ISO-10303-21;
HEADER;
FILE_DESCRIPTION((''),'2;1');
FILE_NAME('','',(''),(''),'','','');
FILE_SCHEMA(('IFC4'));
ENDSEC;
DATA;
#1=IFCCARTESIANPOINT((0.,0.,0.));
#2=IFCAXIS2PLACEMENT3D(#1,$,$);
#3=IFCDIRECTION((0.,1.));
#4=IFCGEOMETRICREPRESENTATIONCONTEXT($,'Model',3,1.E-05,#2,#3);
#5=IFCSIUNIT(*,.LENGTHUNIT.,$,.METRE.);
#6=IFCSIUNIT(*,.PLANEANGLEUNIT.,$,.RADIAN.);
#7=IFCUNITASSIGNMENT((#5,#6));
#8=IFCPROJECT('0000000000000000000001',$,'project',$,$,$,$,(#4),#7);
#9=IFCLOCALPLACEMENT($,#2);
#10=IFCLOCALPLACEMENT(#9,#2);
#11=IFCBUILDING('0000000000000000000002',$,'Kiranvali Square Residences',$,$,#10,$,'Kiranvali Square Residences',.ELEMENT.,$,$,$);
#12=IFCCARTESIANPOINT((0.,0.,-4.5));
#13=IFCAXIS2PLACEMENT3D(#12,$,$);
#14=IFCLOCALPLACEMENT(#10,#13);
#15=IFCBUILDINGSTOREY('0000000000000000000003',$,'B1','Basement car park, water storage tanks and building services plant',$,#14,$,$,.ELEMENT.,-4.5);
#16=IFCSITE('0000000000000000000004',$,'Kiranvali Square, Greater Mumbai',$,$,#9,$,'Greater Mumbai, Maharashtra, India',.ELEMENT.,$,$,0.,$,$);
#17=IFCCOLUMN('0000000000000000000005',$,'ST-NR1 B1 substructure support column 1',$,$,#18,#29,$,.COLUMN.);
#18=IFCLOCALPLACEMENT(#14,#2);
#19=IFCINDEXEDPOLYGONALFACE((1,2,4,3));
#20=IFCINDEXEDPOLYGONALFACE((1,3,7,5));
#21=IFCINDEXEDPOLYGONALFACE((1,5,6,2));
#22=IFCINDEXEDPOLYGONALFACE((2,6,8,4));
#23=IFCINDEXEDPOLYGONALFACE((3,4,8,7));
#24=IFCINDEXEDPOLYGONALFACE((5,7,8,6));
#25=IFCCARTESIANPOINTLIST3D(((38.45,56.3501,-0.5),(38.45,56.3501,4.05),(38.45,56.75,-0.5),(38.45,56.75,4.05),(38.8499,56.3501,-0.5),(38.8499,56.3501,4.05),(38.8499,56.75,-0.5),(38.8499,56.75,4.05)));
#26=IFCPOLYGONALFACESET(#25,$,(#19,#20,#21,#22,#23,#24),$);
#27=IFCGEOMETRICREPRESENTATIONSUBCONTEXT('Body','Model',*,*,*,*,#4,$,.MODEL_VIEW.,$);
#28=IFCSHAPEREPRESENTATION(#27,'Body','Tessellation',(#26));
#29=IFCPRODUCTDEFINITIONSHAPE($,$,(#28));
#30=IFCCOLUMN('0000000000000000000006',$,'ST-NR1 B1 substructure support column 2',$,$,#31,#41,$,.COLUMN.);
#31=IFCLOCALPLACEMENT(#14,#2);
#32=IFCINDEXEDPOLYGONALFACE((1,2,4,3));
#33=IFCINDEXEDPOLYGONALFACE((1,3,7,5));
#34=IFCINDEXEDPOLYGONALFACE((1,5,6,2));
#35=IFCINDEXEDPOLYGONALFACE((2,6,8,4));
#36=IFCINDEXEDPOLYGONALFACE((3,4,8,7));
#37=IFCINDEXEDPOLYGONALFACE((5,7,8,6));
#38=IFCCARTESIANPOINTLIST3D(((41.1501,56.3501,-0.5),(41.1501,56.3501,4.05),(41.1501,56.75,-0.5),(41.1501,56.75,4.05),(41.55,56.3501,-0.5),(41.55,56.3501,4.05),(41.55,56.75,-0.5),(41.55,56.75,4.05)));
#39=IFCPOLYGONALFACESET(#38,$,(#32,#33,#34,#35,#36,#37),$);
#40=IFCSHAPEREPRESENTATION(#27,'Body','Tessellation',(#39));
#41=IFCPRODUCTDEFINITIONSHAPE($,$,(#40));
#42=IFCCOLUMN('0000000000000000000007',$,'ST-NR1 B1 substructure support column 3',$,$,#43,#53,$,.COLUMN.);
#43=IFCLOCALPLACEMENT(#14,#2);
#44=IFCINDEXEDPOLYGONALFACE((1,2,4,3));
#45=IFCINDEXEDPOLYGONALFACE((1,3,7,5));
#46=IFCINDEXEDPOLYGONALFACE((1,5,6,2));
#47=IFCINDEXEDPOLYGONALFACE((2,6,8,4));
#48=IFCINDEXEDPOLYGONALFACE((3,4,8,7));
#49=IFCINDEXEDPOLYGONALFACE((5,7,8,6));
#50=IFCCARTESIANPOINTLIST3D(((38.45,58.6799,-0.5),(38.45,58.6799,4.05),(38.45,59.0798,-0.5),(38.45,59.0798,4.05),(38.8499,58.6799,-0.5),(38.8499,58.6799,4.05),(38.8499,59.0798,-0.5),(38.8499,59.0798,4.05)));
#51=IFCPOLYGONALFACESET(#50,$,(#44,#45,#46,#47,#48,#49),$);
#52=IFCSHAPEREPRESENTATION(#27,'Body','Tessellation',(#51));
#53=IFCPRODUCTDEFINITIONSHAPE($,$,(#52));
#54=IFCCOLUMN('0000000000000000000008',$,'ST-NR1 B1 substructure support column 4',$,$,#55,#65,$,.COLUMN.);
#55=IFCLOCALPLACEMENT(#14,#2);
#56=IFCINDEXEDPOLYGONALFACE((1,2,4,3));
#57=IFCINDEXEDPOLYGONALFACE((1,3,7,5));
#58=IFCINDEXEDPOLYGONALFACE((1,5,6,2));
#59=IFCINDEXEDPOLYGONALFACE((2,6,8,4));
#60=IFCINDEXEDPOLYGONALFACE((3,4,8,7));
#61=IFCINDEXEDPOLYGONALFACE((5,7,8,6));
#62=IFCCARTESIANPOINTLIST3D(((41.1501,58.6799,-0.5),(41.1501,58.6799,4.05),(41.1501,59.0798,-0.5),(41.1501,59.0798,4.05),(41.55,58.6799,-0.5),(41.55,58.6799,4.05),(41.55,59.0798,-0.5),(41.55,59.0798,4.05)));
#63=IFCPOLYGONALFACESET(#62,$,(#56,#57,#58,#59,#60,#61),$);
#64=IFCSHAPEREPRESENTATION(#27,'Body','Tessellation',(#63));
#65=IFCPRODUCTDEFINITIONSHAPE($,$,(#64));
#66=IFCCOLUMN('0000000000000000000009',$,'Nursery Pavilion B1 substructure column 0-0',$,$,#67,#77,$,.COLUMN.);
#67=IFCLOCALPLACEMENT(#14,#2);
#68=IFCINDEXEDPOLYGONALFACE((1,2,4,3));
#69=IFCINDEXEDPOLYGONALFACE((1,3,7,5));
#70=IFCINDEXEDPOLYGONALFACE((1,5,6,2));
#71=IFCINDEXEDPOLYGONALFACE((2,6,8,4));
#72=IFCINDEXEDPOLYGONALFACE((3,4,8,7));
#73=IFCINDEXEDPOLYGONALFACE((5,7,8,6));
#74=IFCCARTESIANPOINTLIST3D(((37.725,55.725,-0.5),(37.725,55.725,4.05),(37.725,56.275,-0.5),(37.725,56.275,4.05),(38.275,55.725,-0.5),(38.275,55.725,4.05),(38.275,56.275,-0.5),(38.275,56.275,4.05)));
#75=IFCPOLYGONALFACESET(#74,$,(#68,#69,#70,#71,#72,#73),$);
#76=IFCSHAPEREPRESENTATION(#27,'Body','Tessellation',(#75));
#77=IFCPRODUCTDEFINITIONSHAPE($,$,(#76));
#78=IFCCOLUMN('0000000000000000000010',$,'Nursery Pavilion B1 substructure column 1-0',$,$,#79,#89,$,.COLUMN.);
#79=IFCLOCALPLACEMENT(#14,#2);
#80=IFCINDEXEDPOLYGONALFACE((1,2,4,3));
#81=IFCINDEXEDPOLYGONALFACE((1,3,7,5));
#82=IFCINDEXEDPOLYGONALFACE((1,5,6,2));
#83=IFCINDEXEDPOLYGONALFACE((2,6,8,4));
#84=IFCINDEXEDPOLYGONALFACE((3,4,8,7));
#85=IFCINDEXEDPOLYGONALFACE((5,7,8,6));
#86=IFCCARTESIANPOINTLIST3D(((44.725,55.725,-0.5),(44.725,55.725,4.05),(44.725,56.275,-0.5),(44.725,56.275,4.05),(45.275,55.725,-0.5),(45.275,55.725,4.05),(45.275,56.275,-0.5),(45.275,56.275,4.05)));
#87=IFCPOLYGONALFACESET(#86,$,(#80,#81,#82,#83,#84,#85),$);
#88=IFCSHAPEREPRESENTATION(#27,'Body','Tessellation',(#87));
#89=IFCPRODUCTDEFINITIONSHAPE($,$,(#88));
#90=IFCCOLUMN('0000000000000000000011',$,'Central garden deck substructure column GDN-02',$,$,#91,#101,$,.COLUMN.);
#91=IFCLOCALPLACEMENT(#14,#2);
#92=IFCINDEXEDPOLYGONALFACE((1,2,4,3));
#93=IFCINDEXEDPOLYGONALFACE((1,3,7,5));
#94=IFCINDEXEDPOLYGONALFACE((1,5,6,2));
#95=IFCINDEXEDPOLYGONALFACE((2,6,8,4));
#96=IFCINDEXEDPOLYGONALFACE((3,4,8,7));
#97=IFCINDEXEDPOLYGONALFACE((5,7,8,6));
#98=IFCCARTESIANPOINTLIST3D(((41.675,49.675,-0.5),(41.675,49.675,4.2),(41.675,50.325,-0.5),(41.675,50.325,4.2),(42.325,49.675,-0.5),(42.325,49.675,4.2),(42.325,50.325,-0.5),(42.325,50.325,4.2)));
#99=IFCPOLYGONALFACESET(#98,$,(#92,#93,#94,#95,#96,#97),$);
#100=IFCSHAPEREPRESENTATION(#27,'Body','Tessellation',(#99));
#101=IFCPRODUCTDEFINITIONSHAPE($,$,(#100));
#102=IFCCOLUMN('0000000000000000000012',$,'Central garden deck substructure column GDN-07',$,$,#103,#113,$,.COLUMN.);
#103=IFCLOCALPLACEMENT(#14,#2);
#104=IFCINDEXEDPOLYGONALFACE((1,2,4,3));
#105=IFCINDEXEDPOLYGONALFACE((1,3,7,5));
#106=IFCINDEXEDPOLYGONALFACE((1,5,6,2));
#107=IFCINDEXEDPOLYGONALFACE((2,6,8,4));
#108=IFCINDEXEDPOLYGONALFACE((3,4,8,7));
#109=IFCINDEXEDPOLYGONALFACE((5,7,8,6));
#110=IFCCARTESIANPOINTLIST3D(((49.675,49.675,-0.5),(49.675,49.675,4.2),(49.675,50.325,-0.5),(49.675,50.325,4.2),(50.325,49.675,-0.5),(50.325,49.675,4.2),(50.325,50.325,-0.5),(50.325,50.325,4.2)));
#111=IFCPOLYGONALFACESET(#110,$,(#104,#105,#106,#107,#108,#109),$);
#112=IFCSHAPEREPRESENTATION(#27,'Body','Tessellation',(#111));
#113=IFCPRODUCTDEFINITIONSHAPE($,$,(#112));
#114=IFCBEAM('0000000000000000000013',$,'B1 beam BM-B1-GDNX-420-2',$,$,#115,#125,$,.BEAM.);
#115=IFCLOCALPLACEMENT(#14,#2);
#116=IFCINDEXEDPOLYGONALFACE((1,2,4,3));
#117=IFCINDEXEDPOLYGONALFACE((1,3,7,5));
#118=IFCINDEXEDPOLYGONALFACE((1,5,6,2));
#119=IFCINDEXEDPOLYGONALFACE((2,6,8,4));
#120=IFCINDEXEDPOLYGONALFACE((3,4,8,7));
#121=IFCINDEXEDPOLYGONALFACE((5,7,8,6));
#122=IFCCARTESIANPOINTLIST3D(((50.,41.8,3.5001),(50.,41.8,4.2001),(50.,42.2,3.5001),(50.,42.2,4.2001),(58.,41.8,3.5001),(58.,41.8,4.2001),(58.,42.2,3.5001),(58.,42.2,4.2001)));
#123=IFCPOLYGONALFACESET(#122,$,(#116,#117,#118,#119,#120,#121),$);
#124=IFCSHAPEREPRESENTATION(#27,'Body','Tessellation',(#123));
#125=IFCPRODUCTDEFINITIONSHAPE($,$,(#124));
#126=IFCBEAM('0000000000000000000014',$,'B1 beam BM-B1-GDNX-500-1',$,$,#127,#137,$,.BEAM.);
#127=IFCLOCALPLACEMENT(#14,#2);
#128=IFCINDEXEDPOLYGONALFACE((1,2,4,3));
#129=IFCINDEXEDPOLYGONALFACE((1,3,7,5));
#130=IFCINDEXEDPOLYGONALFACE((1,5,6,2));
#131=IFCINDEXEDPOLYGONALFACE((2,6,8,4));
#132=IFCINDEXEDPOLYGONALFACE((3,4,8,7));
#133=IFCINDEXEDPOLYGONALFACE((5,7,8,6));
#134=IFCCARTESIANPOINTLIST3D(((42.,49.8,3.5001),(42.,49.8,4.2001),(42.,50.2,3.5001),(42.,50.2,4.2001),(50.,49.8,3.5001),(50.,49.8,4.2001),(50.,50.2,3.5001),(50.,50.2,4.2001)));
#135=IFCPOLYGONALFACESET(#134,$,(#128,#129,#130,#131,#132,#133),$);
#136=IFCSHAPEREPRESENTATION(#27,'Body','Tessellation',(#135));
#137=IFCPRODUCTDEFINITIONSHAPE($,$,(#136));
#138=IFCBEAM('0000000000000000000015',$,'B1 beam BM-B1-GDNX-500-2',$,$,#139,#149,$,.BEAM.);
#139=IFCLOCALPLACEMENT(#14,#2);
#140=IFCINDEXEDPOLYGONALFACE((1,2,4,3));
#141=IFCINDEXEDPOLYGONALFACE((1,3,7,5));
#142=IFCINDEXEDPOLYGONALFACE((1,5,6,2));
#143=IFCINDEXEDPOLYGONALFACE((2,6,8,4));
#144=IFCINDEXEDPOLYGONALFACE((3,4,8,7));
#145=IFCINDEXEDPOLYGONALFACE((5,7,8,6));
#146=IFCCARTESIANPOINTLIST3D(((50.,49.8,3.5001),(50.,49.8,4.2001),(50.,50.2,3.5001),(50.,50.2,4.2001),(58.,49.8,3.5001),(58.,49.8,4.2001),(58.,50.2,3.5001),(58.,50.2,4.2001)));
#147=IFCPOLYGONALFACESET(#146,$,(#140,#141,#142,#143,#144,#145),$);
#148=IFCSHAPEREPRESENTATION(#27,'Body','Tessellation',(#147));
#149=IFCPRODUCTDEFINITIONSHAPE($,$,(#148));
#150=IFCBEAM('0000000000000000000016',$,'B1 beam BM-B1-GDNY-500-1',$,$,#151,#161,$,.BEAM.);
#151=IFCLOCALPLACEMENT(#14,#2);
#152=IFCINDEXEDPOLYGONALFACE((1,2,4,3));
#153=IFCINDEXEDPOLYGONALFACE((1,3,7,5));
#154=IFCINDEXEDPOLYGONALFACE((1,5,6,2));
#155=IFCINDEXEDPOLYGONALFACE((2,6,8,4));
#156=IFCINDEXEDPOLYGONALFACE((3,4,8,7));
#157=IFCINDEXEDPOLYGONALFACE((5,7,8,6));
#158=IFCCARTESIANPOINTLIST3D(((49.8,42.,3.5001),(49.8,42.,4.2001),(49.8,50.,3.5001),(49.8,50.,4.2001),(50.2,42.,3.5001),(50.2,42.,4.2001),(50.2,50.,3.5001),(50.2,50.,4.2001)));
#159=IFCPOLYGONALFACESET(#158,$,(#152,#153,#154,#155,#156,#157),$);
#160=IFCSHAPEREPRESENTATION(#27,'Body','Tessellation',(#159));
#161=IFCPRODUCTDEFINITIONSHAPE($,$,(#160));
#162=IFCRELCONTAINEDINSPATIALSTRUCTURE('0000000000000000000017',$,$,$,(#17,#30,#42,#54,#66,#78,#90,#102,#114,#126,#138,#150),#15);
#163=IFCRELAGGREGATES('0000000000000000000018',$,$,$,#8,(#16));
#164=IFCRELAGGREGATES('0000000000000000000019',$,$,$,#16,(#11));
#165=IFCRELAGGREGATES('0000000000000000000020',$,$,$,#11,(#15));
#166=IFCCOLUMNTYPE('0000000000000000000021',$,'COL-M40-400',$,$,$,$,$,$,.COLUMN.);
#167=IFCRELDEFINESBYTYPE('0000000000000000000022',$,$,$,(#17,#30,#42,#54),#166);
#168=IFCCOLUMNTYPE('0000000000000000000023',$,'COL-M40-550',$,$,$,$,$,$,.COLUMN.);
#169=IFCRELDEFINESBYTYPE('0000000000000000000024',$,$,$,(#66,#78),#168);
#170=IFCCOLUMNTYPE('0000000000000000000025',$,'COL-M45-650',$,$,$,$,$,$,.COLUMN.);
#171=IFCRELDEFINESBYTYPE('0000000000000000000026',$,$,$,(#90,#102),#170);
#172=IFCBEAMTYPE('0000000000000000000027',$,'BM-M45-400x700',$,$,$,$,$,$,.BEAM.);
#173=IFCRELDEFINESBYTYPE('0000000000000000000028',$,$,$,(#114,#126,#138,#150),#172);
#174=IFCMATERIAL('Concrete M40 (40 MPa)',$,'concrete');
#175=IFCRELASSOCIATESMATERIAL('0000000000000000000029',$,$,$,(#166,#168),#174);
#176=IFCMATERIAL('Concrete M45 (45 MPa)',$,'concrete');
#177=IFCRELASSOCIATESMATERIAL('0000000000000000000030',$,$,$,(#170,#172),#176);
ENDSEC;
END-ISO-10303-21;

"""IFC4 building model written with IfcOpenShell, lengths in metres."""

from ifc_helpers import new_model, si_unit, direction, frame, origin, origin_2d, place, context, subcontext, project, spatial, rectangle, extrude, material, material_profile, profile_set, type_object, element, save


model = new_model("IFC4")

# Units and contexts
model_context = context("Model", 3, precision=1e-05, world=origin(), true_north=direction((0.0, 1.0)))
body_context = subcontext(model_context, "Body", "Model", "MODEL_VIEW")
ifc_project = project(units=[si_unit("LENGTHUNIT", "METRE"), si_unit("PLANEANGLEUNIT", "RADIAN")], contexts=[model_context])

# Site, building, storey
site_placement = place(None, origin())
site = spatial("IfcSite", under=ifc_project, at=site_placement, Name="Kiranvali Square, Greater Mumbai", LongName="Greater Mumbai, Maharashtra, India", CompositionType="ELEMENT", RefElevation=0.0)
building_placement = place(site_placement, origin())
building = spatial("IfcBuilding", under=site, at=building_placement, Name="Kiranvali Square Residences", LongName="Kiranvali Square Residences", CompositionType="ELEMENT")
storey_placement = place(building_placement, frame((0.0, 0.0, -4.5)))
storey = spatial("IfcBuildingStorey", under=building, at=storey_placement, Name="B1", Description="Basement car park, water storage tanks and building services plant", CompositionType="ELEMENT", Elevation=-4.5)

# Shared definitions
ifc_material_1 = material(Name="Concrete M40 (40 MPa)", Category="concrete")

# Columns
ifc_material_profile_1 = material_profile(ifc_material_1, rectangle(XDim=0.3999, YDim=0.3999, at=origin_2d()), Name="RC 400x400")
ifc_profile_set_1 = profile_set([ifc_material_profile_1], Name="Concrete M40 (40 MPa)")
column_type_1 = type_object("IfcColumnType", Name="COL-M40-400", PredefinedType="COLUMN", material=ifc_profile_set_1)
for number, where, z_axis, x_axis, name in (
    (1, (38.6499, 56.55, -0.5), (0.0, 0.0, 1.0), (1.0, 0.0, 0.0), "ST-NR1 B1 substructure support column 1"),
    (2, (41.3501, 56.55, -0.5), (0.0, 0.0, 1.0), (1.0, 0.0, 0.0), "ST-NR1 B1 substructure support column 2"),
    (3, (38.6499, 58.8799, -0.5), (0.0, 0.0, 1.0), (1.0, 0.0, 0.0), "ST-NR1 B1 substructure support column 3"),
    (4, (41.3501, 58.8799, -0.5), (0.0, 0.0, 1.0), (1.0, 0.0, 0.0), "ST-NR1 B1 substructure support column 4"),
):
    element("IfcColumn", number, at=place(storey_placement, frame(where, z_axis=z_axis, x_axis=x_axis)), inside=storey, type_object=column_type_1, Name=name, PredefinedType="COLUMN", context=body_context, shape_type="SweptSolid", body=[
        extrude(rectangle(XDim=0.3999, YDim=0.3999, at=origin_2d()), origin(), (0.0, 0.0, 1.0), 4.55),
    ])
ifc_material_profile_2 = material_profile(ifc_material_1, rectangle(XDim=0.55, YDim=0.55, at=origin_2d()), Name="RC 550x550")
ifc_profile_set_2 = profile_set([ifc_material_profile_2], Name="Concrete M40 (40 MPa)")
column_type_2 = type_object("IfcColumnType", Name="COL-M40-550", PredefinedType="COLUMN", material=ifc_profile_set_2)
for number, where, z_axis, x_axis, name in (
    (5, (38.0, 56.0, -0.5), (0.0, 0.0, 1.0), (1.0, 0.0, 0.0), "Nursery Pavilion B1 substructure column 0-0"),
    (6, (45.0, 56.0, -0.5), (0.0, 0.0, 1.0), (1.0, 0.0, 0.0), "Nursery Pavilion B1 substructure column 1-0"),
):
    element("IfcColumn", number, at=place(storey_placement, frame(where, z_axis=z_axis, x_axis=x_axis)), inside=storey, type_object=column_type_2, Name=name, PredefinedType="COLUMN", context=body_context, shape_type="SweptSolid", body=[
        extrude(rectangle(XDim=0.55, YDim=0.55, at=origin_2d()), origin(), (0.0, 0.0, 1.0), 4.55),
    ])
ifc_material_2 = material(Name="Concrete M45 (45 MPa)", Category="concrete")
ifc_material_profile_3 = material_profile(ifc_material_2, rectangle(XDim=0.6499, YDim=0.6499, at=origin_2d()), Name="RC 650x650")
ifc_profile_set_3 = profile_set([ifc_material_profile_3], Name="Concrete M45 (45 MPa)")
column_type_3 = type_object("IfcColumnType", Name="COL-M45-650", PredefinedType="COLUMN", material=ifc_profile_set_3)
for number, where, z_axis, x_axis, name in (
    (7, (42.0, 50.0, -0.5), (0.0, 0.0, 1.0), (1.0, 0.0, 0.0), "Central garden deck substructure column GDN-02"),
    (8, (50.0, 50.0, -0.5), (0.0, 0.0, 1.0), (1.0, 0.0, 0.0), "Central garden deck substructure column GDN-07"),
):
    element("IfcColumn", number, at=place(storey_placement, frame(where, z_axis=z_axis, x_axis=x_axis)), inside=storey, type_object=column_type_3, Name=name, PredefinedType="COLUMN", context=body_context, shape_type="SweptSolid", body=[
        extrude(rectangle(XDim=0.6499, YDim=0.6499, at=origin_2d()), origin(), (0.0, 0.0, 1.0), 4.7),
    ])

# Beams
ifc_material_profile_4 = material_profile(ifc_material_2, rectangle(XDim=0.3999, YDim=0.7, at=origin_2d()), Name="RC 400x700")
ifc_profile_set_4 = profile_set([ifc_material_profile_4], Name="Concrete M45 (45 MPa)")
beam_type = type_object("IfcBeamType", Name="BM-M45-400x700", PredefinedType="BEAM", material=ifc_profile_set_4)
for number, where, z_axis, x_axis, name in (
    (9, (50.0, 42.0, 3.8501), (1.0, 0.0, 0.0), (0.0, 1.0, 0.0), "B1 beam BM-B1-GDNX-420-2"),
    (10, (42.0, 50.0, 3.8501), (1.0, 0.0, 0.0), (0.0, 1.0, 0.0), "B1 beam BM-B1-GDNX-500-1"),
    (11, (50.0, 50.0, 3.8501), (1.0, 0.0, 0.0), (0.0, 1.0, 0.0), "B1 beam BM-B1-GDNX-500-2"),
    (12, (50.0, 42.0, 3.8501), (0.0, 1.0, 0.0), (-1.0, 0.0, 0.0), "B1 beam BM-B1-GDNY-500-1"),
):
    element("IfcBeam", number, at=place(storey_placement, frame(where, z_axis=z_axis, x_axis=x_axis)), inside=storey, type_object=beam_type, Name=name, PredefinedType="BEAM", context=body_context, shape_type="SweptSolid", body=[
        extrude(rectangle(XDim=0.3999, YDim=0.7, at=origin_2d()), origin(), (0.0, 0.0, 1.0), 8.0),
    ])

save(model, "model.ifc")
